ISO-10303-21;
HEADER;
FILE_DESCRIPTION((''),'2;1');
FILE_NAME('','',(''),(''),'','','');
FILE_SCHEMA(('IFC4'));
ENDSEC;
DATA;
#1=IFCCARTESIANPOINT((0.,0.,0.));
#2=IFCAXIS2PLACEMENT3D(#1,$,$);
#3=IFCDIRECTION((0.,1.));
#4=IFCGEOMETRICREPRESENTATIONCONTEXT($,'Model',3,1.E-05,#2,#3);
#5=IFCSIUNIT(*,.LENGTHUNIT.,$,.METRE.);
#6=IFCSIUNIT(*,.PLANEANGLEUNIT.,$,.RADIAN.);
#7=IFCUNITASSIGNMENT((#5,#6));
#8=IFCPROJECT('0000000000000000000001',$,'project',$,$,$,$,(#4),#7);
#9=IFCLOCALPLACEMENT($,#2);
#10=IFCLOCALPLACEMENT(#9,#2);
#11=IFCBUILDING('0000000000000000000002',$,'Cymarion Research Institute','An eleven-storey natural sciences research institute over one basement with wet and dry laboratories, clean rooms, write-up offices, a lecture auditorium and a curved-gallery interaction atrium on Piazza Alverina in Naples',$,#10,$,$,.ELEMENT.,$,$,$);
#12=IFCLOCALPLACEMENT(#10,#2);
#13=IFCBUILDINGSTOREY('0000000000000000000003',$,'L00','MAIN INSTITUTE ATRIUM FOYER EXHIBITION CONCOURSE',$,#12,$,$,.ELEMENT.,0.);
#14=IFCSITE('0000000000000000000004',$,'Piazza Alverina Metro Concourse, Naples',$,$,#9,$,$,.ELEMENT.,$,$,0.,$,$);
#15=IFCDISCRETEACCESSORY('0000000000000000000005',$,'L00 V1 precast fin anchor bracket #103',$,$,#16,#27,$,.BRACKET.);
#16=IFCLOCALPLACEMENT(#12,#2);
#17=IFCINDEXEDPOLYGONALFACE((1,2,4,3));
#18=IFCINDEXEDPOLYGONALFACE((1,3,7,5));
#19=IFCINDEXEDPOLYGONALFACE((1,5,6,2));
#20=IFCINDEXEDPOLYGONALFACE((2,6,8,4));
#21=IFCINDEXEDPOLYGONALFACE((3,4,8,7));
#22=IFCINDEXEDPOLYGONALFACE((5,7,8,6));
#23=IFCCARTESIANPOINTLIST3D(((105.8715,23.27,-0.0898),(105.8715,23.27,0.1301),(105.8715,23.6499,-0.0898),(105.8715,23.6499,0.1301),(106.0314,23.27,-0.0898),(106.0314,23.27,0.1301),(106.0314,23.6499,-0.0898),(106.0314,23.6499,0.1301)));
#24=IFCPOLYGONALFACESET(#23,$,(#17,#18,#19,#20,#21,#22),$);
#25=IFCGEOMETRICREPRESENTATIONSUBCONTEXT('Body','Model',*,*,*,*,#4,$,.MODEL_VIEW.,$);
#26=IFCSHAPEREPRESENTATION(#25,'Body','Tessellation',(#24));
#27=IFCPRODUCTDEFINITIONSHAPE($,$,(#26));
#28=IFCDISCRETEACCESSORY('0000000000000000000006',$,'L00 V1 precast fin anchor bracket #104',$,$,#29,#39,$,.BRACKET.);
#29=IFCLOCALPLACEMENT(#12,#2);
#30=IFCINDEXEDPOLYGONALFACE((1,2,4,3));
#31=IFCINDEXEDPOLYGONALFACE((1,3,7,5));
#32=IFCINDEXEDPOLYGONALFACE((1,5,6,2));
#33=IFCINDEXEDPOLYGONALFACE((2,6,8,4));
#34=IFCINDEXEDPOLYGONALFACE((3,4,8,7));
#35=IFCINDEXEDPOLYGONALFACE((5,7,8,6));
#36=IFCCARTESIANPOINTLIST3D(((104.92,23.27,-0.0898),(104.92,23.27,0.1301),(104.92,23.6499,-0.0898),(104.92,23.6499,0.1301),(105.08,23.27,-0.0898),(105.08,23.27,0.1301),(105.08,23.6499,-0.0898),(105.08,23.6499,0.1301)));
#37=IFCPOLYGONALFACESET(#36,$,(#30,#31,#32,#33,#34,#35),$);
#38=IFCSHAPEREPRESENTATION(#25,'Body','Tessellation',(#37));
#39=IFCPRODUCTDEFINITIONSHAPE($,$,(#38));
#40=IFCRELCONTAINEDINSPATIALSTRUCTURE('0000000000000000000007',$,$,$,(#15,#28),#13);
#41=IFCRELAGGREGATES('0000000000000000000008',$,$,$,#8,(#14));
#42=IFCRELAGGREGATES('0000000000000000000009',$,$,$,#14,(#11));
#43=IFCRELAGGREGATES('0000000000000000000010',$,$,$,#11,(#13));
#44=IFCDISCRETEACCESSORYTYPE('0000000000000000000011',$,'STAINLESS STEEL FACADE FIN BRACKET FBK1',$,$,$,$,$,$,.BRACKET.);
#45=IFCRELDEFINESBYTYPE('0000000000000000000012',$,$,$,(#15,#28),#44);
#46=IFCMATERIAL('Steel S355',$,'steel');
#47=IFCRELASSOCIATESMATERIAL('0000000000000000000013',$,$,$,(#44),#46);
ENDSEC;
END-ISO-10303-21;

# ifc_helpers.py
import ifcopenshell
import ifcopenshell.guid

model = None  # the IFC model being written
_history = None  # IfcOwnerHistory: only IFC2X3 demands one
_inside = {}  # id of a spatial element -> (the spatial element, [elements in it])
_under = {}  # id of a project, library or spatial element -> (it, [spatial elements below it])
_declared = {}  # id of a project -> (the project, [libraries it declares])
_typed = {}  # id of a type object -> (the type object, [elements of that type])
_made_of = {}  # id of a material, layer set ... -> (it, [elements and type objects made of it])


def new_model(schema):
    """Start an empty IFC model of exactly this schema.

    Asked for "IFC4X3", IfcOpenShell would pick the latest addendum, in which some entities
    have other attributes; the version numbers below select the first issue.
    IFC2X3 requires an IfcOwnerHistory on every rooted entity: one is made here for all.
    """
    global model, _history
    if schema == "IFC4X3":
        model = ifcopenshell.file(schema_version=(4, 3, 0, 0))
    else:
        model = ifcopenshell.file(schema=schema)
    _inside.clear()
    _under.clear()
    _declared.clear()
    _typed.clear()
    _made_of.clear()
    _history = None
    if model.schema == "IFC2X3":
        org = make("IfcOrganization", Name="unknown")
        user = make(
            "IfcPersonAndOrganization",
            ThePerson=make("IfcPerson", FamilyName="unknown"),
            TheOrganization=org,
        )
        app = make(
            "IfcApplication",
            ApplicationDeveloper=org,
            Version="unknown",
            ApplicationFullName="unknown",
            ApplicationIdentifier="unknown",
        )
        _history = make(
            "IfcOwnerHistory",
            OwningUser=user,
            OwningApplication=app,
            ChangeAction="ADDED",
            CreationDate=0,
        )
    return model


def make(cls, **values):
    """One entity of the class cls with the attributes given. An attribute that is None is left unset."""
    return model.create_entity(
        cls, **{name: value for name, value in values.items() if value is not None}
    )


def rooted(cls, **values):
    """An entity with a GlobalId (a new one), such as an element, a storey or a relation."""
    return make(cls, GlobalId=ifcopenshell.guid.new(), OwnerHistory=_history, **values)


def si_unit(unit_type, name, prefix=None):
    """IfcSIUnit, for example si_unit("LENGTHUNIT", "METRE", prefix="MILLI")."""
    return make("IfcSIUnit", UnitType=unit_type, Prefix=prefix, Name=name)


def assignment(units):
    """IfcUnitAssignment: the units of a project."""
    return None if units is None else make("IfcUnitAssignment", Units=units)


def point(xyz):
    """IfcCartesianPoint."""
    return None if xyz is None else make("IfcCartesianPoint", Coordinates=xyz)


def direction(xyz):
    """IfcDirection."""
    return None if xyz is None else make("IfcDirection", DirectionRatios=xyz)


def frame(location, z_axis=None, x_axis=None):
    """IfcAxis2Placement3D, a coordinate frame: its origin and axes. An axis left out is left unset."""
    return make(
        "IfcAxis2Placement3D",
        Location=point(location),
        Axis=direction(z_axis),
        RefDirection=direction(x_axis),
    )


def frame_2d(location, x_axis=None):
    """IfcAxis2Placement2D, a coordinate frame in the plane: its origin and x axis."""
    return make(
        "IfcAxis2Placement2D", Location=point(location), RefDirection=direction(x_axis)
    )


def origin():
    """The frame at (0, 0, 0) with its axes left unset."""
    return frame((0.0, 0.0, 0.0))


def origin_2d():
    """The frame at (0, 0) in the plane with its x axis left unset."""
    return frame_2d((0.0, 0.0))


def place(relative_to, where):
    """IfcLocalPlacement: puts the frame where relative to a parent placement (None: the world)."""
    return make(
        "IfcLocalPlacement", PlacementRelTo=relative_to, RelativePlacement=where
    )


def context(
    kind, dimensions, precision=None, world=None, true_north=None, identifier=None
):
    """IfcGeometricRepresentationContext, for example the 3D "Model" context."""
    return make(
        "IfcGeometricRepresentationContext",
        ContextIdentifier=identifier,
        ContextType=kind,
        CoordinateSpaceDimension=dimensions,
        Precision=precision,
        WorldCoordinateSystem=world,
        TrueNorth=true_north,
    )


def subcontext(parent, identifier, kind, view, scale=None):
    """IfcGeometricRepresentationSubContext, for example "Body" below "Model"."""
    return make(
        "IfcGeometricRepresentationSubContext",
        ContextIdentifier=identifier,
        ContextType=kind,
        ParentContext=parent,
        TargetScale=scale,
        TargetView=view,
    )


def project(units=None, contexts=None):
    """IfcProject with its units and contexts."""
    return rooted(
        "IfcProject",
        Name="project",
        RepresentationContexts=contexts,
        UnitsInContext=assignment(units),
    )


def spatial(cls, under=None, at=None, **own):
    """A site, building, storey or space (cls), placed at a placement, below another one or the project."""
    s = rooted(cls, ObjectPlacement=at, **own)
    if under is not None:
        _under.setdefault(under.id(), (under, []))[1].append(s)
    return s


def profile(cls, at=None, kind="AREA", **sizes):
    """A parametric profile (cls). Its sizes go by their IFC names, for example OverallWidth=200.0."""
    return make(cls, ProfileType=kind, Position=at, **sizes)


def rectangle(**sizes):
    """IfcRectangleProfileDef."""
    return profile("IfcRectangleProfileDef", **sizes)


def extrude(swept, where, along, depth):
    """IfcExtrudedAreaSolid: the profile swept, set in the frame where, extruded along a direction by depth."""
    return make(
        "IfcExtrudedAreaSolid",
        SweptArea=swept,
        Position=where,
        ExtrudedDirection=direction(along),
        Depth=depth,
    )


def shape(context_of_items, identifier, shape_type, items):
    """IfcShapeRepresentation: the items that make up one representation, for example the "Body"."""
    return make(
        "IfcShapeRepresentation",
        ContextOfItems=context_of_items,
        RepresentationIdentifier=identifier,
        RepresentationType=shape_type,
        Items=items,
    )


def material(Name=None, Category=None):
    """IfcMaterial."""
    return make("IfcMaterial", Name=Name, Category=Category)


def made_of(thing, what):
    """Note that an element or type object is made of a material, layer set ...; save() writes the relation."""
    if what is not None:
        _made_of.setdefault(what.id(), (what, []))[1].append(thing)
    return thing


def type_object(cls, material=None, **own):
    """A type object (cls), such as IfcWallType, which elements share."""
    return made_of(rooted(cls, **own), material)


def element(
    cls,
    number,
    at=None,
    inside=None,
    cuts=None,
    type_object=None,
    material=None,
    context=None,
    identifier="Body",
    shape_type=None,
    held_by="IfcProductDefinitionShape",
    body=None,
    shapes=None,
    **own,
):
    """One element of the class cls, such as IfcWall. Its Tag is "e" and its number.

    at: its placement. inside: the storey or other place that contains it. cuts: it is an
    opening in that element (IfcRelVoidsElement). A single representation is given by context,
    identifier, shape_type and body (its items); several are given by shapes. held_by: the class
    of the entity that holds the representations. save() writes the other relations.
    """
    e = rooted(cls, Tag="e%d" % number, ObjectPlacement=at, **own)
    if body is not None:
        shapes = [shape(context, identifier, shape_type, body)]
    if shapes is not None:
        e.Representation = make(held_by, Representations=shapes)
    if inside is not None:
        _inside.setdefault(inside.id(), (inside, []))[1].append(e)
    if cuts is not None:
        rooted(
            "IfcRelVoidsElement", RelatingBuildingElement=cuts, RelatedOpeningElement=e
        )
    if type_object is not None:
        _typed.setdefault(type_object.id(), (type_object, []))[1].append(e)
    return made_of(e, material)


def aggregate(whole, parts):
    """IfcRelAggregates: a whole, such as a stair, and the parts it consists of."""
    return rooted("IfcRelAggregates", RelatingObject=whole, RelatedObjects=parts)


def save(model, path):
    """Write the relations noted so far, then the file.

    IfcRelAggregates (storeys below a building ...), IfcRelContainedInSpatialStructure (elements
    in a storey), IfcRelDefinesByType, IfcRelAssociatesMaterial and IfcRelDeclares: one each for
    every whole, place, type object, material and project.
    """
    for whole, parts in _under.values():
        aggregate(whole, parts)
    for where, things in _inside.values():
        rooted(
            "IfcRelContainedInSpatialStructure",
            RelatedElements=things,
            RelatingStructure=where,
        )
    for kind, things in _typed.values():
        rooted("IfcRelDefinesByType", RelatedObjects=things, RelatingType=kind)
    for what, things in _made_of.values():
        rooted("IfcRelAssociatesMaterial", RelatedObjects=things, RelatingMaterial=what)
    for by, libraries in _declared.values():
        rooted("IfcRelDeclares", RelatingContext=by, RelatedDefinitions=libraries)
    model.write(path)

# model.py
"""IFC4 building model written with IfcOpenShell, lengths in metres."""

from ifc_helpers import new_model, si_unit, direction, frame, origin, origin_2d, place, context, subcontext, project, spatial, rectangle, extrude, material, type_object, element, save


model = new_model("IFC4")

# Units and contexts
model_context = context("Model", 3, precision=1e-05, world=origin(), true_north=direction((0.0, 1.0)))
body_context = subcontext(model_context, "Body", "Model", "MODEL_VIEW")
ifc_project = project(units=[si_unit("LENGTHUNIT", "METRE"), si_unit("PLANEANGLEUNIT", "RADIAN")], contexts=[model_context])

# Site, building, storey
site_placement = place(None, origin())
site = spatial("IfcSite", under=ifc_project, at=site_placement, Name="Piazza Alverina Metro Concourse, Naples", CompositionType="ELEMENT", RefElevation=0.0)
building_placement = place(site_placement, origin())
building = spatial("IfcBuilding", under=site, at=building_placement, Name="Cymarion Research Institute", Description="An eleven-storey natural sciences research institute over one basement with wet and dry laboratories, clean rooms, write-up offices, a lecture auditorium and a curved-gallery interaction atrium on Piazza Alverina in Naples", CompositionType="ELEMENT")
storey_placement = place(building_placement, origin())
storey = spatial("IfcBuildingStorey", under=building, at=storey_placement, Name="L00", Description="MAIN INSTITUTE ATRIUM FOYER EXHIBITION CONCOURSE", CompositionType="ELEMENT", Elevation=0.0)

# Shared definitions
ifc_material_1 = material(Name="Steel S355", Category="steel")

# Discrete accessories
discrete_accessory_type = type_object("IfcDiscreteAccessoryType", Name="STAINLESS STEEL FACADE FIN BRACKET FBK1", PredefinedType="BRACKET", material=ifc_material_1)
for number, where, z_axis, x_axis, name in (
    (1, (105.9514, 23.46, -0.0898), (0.0, 0.0, 1.0), (0.0, 1.0, 0.0), "L00 V1 precast fin anchor bracket #103"),
    (2, (105.0, 23.46, -0.0898), (0.0, 0.0, 1.0), (0.0, 1.0, 0.0), "L00 V1 precast fin anchor bracket #104"),
):
    element("IfcDiscreteAccessory", number, at=place(storey_placement, frame(where, z_axis=z_axis, x_axis=x_axis)), inside=storey, type_object=discrete_accessory_type, Name=name, PredefinedType="BRACKET", context=body_context, shape_type="SweptSolid", body=[
        extrude(rectangle(XDim=0.3799, YDim=0.1599, at=origin_2d()), origin(), (0.0, 0.0, 1.0), 0.22),
    ])

save(model, "model.ifc")
